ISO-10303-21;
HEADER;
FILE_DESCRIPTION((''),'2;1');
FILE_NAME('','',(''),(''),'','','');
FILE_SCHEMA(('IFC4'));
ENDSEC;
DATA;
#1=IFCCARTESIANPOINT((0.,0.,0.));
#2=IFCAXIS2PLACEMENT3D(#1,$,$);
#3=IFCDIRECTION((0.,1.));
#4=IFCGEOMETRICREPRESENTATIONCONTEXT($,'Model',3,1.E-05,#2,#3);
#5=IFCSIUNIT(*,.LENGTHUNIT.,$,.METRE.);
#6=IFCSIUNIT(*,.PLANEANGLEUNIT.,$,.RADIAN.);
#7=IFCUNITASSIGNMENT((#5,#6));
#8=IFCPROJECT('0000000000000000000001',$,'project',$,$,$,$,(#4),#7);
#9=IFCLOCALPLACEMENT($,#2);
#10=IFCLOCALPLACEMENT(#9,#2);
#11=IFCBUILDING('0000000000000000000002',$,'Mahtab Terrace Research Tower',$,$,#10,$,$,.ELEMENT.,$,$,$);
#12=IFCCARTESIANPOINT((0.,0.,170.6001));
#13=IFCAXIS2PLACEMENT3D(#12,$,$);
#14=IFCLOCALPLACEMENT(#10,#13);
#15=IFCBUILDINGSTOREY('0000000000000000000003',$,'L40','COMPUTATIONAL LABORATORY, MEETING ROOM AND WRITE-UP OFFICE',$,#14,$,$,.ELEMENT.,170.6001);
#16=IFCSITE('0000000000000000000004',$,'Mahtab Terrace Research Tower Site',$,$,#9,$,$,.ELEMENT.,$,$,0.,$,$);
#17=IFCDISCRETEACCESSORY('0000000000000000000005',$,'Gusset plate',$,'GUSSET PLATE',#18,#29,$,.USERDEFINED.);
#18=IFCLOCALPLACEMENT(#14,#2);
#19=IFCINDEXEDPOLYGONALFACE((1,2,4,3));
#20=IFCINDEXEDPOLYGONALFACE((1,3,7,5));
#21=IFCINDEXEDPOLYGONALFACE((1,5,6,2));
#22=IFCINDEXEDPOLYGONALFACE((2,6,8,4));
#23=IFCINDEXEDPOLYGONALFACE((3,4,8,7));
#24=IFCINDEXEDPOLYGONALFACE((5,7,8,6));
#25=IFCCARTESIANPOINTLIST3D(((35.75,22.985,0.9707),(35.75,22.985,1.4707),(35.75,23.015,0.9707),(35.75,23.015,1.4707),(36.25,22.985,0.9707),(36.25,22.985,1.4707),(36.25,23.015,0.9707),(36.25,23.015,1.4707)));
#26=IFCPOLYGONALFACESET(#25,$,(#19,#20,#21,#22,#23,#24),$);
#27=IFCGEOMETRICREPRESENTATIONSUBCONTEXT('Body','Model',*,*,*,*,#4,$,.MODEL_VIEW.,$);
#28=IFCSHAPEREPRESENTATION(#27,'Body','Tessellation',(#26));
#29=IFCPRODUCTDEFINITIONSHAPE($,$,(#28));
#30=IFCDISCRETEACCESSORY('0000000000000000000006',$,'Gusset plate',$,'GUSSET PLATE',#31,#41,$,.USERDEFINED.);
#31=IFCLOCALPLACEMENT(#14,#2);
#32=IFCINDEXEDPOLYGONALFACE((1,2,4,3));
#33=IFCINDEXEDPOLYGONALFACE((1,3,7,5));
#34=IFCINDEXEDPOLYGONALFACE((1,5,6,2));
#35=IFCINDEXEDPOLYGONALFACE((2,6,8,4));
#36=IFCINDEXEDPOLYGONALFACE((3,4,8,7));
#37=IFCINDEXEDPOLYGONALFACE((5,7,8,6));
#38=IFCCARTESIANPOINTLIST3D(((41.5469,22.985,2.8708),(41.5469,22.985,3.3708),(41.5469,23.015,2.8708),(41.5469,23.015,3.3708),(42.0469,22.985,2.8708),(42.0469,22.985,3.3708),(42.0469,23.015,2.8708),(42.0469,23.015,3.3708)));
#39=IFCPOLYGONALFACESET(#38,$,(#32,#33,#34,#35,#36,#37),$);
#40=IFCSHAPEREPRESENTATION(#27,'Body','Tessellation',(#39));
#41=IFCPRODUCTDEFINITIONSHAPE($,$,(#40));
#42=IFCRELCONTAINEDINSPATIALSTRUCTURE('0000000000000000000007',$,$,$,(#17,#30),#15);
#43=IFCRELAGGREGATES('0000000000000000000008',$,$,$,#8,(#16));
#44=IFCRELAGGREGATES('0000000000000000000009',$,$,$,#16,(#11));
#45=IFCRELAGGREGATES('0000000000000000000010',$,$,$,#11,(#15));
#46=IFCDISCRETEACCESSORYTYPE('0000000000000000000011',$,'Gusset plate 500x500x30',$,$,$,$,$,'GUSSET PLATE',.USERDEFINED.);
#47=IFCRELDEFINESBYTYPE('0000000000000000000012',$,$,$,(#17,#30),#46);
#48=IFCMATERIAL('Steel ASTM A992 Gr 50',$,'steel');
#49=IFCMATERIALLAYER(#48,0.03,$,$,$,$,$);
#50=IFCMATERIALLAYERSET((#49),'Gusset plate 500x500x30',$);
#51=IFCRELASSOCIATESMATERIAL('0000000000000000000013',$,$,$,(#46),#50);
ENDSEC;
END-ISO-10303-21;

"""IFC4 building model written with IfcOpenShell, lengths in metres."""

from ifc_helpers import new_model, si_unit, direction, frame, origin, origin_2d, place, context, subcontext, project, spatial, rectangle, extrude, material, layer, layer_set, type_object, element, save


model = new_model("IFC4")

# Units and contexts
model_context = context("Model", 3, precision=1e-05, world=origin(), true_north=direction((0.0, 1.0)))
body_context = subcontext(model_context, "Body", "Model", "MODEL_VIEW")
ifc_project = project(units=[si_unit("LENGTHUNIT", "METRE"), si_unit("PLANEANGLEUNIT", "RADIAN")], contexts=[model_context])

# Site, building, storey
site_placement = place(None, origin())
site = spatial("IfcSite", under=ifc_project, at=site_placement, Name="Mahtab Terrace Research Tower Site", CompositionType="ELEMENT", RefElevation=0.0)
building_placement = place(site_placement, origin())
building = spatial("IfcBuilding", under=site, at=building_placement, Name="Mahtab Terrace Research Tower", CompositionType="ELEMENT")
storey_placement = place(building_placement, frame((0.0, 0.0, 170.6001)))
storey = spatial("IfcBuildingStorey", under=building, at=storey_placement, Name="L40", Description="COMPUTATIONAL LABORATORY, MEETING ROOM AND WRITE-UP OFFICE", CompositionType="ELEMENT", Elevation=170.6001)

# Shared definitions
ifc_material_1 = material(Name="Steel ASTM A992 Gr 50", Category="steel")

# Discrete accessories
ifc_layer_1 = layer(ifc_material_1, 0.03)
ifc_layer_set_1 = layer_set([ifc_layer_1], Name="Gusset plate 500x500x30")
discrete_accessory_type = type_object("IfcDiscreteAccessoryType", Name="Gusset plate 500x500x30", ElementType="GUSSET PLATE", PredefinedType="USERDEFINED", material=ifc_layer_set_1)
for number, where, z_axis, x_axis, name in (
    (1, (36.0, 23.0, 0.9707), (0.0, 0.0, 1.0), (1.0, 0.0, 0.0), "Gusset plate"),
    (2, (41.7969, 23.0, 2.8708), (0.0, 0.0, 1.0), (1.0, 0.0, 0.0), "Gusset plate"),
):
    element("IfcDiscreteAccessory", number, at=place(storey_placement, frame(where, z_axis=z_axis, x_axis=x_axis)), inside=storey, type_object=discrete_accessory_type, Name=name, ObjectType="GUSSET PLATE", PredefinedType="USERDEFINED", context=body_context, shape_type="SweptSolid", body=[
        extrude(rectangle(XDim=0.5, YDim=0.03, at=origin_2d()), origin(), (0.0, 0.0, 1.0), 0.5),
    ])

save(model, "model.ifc")
